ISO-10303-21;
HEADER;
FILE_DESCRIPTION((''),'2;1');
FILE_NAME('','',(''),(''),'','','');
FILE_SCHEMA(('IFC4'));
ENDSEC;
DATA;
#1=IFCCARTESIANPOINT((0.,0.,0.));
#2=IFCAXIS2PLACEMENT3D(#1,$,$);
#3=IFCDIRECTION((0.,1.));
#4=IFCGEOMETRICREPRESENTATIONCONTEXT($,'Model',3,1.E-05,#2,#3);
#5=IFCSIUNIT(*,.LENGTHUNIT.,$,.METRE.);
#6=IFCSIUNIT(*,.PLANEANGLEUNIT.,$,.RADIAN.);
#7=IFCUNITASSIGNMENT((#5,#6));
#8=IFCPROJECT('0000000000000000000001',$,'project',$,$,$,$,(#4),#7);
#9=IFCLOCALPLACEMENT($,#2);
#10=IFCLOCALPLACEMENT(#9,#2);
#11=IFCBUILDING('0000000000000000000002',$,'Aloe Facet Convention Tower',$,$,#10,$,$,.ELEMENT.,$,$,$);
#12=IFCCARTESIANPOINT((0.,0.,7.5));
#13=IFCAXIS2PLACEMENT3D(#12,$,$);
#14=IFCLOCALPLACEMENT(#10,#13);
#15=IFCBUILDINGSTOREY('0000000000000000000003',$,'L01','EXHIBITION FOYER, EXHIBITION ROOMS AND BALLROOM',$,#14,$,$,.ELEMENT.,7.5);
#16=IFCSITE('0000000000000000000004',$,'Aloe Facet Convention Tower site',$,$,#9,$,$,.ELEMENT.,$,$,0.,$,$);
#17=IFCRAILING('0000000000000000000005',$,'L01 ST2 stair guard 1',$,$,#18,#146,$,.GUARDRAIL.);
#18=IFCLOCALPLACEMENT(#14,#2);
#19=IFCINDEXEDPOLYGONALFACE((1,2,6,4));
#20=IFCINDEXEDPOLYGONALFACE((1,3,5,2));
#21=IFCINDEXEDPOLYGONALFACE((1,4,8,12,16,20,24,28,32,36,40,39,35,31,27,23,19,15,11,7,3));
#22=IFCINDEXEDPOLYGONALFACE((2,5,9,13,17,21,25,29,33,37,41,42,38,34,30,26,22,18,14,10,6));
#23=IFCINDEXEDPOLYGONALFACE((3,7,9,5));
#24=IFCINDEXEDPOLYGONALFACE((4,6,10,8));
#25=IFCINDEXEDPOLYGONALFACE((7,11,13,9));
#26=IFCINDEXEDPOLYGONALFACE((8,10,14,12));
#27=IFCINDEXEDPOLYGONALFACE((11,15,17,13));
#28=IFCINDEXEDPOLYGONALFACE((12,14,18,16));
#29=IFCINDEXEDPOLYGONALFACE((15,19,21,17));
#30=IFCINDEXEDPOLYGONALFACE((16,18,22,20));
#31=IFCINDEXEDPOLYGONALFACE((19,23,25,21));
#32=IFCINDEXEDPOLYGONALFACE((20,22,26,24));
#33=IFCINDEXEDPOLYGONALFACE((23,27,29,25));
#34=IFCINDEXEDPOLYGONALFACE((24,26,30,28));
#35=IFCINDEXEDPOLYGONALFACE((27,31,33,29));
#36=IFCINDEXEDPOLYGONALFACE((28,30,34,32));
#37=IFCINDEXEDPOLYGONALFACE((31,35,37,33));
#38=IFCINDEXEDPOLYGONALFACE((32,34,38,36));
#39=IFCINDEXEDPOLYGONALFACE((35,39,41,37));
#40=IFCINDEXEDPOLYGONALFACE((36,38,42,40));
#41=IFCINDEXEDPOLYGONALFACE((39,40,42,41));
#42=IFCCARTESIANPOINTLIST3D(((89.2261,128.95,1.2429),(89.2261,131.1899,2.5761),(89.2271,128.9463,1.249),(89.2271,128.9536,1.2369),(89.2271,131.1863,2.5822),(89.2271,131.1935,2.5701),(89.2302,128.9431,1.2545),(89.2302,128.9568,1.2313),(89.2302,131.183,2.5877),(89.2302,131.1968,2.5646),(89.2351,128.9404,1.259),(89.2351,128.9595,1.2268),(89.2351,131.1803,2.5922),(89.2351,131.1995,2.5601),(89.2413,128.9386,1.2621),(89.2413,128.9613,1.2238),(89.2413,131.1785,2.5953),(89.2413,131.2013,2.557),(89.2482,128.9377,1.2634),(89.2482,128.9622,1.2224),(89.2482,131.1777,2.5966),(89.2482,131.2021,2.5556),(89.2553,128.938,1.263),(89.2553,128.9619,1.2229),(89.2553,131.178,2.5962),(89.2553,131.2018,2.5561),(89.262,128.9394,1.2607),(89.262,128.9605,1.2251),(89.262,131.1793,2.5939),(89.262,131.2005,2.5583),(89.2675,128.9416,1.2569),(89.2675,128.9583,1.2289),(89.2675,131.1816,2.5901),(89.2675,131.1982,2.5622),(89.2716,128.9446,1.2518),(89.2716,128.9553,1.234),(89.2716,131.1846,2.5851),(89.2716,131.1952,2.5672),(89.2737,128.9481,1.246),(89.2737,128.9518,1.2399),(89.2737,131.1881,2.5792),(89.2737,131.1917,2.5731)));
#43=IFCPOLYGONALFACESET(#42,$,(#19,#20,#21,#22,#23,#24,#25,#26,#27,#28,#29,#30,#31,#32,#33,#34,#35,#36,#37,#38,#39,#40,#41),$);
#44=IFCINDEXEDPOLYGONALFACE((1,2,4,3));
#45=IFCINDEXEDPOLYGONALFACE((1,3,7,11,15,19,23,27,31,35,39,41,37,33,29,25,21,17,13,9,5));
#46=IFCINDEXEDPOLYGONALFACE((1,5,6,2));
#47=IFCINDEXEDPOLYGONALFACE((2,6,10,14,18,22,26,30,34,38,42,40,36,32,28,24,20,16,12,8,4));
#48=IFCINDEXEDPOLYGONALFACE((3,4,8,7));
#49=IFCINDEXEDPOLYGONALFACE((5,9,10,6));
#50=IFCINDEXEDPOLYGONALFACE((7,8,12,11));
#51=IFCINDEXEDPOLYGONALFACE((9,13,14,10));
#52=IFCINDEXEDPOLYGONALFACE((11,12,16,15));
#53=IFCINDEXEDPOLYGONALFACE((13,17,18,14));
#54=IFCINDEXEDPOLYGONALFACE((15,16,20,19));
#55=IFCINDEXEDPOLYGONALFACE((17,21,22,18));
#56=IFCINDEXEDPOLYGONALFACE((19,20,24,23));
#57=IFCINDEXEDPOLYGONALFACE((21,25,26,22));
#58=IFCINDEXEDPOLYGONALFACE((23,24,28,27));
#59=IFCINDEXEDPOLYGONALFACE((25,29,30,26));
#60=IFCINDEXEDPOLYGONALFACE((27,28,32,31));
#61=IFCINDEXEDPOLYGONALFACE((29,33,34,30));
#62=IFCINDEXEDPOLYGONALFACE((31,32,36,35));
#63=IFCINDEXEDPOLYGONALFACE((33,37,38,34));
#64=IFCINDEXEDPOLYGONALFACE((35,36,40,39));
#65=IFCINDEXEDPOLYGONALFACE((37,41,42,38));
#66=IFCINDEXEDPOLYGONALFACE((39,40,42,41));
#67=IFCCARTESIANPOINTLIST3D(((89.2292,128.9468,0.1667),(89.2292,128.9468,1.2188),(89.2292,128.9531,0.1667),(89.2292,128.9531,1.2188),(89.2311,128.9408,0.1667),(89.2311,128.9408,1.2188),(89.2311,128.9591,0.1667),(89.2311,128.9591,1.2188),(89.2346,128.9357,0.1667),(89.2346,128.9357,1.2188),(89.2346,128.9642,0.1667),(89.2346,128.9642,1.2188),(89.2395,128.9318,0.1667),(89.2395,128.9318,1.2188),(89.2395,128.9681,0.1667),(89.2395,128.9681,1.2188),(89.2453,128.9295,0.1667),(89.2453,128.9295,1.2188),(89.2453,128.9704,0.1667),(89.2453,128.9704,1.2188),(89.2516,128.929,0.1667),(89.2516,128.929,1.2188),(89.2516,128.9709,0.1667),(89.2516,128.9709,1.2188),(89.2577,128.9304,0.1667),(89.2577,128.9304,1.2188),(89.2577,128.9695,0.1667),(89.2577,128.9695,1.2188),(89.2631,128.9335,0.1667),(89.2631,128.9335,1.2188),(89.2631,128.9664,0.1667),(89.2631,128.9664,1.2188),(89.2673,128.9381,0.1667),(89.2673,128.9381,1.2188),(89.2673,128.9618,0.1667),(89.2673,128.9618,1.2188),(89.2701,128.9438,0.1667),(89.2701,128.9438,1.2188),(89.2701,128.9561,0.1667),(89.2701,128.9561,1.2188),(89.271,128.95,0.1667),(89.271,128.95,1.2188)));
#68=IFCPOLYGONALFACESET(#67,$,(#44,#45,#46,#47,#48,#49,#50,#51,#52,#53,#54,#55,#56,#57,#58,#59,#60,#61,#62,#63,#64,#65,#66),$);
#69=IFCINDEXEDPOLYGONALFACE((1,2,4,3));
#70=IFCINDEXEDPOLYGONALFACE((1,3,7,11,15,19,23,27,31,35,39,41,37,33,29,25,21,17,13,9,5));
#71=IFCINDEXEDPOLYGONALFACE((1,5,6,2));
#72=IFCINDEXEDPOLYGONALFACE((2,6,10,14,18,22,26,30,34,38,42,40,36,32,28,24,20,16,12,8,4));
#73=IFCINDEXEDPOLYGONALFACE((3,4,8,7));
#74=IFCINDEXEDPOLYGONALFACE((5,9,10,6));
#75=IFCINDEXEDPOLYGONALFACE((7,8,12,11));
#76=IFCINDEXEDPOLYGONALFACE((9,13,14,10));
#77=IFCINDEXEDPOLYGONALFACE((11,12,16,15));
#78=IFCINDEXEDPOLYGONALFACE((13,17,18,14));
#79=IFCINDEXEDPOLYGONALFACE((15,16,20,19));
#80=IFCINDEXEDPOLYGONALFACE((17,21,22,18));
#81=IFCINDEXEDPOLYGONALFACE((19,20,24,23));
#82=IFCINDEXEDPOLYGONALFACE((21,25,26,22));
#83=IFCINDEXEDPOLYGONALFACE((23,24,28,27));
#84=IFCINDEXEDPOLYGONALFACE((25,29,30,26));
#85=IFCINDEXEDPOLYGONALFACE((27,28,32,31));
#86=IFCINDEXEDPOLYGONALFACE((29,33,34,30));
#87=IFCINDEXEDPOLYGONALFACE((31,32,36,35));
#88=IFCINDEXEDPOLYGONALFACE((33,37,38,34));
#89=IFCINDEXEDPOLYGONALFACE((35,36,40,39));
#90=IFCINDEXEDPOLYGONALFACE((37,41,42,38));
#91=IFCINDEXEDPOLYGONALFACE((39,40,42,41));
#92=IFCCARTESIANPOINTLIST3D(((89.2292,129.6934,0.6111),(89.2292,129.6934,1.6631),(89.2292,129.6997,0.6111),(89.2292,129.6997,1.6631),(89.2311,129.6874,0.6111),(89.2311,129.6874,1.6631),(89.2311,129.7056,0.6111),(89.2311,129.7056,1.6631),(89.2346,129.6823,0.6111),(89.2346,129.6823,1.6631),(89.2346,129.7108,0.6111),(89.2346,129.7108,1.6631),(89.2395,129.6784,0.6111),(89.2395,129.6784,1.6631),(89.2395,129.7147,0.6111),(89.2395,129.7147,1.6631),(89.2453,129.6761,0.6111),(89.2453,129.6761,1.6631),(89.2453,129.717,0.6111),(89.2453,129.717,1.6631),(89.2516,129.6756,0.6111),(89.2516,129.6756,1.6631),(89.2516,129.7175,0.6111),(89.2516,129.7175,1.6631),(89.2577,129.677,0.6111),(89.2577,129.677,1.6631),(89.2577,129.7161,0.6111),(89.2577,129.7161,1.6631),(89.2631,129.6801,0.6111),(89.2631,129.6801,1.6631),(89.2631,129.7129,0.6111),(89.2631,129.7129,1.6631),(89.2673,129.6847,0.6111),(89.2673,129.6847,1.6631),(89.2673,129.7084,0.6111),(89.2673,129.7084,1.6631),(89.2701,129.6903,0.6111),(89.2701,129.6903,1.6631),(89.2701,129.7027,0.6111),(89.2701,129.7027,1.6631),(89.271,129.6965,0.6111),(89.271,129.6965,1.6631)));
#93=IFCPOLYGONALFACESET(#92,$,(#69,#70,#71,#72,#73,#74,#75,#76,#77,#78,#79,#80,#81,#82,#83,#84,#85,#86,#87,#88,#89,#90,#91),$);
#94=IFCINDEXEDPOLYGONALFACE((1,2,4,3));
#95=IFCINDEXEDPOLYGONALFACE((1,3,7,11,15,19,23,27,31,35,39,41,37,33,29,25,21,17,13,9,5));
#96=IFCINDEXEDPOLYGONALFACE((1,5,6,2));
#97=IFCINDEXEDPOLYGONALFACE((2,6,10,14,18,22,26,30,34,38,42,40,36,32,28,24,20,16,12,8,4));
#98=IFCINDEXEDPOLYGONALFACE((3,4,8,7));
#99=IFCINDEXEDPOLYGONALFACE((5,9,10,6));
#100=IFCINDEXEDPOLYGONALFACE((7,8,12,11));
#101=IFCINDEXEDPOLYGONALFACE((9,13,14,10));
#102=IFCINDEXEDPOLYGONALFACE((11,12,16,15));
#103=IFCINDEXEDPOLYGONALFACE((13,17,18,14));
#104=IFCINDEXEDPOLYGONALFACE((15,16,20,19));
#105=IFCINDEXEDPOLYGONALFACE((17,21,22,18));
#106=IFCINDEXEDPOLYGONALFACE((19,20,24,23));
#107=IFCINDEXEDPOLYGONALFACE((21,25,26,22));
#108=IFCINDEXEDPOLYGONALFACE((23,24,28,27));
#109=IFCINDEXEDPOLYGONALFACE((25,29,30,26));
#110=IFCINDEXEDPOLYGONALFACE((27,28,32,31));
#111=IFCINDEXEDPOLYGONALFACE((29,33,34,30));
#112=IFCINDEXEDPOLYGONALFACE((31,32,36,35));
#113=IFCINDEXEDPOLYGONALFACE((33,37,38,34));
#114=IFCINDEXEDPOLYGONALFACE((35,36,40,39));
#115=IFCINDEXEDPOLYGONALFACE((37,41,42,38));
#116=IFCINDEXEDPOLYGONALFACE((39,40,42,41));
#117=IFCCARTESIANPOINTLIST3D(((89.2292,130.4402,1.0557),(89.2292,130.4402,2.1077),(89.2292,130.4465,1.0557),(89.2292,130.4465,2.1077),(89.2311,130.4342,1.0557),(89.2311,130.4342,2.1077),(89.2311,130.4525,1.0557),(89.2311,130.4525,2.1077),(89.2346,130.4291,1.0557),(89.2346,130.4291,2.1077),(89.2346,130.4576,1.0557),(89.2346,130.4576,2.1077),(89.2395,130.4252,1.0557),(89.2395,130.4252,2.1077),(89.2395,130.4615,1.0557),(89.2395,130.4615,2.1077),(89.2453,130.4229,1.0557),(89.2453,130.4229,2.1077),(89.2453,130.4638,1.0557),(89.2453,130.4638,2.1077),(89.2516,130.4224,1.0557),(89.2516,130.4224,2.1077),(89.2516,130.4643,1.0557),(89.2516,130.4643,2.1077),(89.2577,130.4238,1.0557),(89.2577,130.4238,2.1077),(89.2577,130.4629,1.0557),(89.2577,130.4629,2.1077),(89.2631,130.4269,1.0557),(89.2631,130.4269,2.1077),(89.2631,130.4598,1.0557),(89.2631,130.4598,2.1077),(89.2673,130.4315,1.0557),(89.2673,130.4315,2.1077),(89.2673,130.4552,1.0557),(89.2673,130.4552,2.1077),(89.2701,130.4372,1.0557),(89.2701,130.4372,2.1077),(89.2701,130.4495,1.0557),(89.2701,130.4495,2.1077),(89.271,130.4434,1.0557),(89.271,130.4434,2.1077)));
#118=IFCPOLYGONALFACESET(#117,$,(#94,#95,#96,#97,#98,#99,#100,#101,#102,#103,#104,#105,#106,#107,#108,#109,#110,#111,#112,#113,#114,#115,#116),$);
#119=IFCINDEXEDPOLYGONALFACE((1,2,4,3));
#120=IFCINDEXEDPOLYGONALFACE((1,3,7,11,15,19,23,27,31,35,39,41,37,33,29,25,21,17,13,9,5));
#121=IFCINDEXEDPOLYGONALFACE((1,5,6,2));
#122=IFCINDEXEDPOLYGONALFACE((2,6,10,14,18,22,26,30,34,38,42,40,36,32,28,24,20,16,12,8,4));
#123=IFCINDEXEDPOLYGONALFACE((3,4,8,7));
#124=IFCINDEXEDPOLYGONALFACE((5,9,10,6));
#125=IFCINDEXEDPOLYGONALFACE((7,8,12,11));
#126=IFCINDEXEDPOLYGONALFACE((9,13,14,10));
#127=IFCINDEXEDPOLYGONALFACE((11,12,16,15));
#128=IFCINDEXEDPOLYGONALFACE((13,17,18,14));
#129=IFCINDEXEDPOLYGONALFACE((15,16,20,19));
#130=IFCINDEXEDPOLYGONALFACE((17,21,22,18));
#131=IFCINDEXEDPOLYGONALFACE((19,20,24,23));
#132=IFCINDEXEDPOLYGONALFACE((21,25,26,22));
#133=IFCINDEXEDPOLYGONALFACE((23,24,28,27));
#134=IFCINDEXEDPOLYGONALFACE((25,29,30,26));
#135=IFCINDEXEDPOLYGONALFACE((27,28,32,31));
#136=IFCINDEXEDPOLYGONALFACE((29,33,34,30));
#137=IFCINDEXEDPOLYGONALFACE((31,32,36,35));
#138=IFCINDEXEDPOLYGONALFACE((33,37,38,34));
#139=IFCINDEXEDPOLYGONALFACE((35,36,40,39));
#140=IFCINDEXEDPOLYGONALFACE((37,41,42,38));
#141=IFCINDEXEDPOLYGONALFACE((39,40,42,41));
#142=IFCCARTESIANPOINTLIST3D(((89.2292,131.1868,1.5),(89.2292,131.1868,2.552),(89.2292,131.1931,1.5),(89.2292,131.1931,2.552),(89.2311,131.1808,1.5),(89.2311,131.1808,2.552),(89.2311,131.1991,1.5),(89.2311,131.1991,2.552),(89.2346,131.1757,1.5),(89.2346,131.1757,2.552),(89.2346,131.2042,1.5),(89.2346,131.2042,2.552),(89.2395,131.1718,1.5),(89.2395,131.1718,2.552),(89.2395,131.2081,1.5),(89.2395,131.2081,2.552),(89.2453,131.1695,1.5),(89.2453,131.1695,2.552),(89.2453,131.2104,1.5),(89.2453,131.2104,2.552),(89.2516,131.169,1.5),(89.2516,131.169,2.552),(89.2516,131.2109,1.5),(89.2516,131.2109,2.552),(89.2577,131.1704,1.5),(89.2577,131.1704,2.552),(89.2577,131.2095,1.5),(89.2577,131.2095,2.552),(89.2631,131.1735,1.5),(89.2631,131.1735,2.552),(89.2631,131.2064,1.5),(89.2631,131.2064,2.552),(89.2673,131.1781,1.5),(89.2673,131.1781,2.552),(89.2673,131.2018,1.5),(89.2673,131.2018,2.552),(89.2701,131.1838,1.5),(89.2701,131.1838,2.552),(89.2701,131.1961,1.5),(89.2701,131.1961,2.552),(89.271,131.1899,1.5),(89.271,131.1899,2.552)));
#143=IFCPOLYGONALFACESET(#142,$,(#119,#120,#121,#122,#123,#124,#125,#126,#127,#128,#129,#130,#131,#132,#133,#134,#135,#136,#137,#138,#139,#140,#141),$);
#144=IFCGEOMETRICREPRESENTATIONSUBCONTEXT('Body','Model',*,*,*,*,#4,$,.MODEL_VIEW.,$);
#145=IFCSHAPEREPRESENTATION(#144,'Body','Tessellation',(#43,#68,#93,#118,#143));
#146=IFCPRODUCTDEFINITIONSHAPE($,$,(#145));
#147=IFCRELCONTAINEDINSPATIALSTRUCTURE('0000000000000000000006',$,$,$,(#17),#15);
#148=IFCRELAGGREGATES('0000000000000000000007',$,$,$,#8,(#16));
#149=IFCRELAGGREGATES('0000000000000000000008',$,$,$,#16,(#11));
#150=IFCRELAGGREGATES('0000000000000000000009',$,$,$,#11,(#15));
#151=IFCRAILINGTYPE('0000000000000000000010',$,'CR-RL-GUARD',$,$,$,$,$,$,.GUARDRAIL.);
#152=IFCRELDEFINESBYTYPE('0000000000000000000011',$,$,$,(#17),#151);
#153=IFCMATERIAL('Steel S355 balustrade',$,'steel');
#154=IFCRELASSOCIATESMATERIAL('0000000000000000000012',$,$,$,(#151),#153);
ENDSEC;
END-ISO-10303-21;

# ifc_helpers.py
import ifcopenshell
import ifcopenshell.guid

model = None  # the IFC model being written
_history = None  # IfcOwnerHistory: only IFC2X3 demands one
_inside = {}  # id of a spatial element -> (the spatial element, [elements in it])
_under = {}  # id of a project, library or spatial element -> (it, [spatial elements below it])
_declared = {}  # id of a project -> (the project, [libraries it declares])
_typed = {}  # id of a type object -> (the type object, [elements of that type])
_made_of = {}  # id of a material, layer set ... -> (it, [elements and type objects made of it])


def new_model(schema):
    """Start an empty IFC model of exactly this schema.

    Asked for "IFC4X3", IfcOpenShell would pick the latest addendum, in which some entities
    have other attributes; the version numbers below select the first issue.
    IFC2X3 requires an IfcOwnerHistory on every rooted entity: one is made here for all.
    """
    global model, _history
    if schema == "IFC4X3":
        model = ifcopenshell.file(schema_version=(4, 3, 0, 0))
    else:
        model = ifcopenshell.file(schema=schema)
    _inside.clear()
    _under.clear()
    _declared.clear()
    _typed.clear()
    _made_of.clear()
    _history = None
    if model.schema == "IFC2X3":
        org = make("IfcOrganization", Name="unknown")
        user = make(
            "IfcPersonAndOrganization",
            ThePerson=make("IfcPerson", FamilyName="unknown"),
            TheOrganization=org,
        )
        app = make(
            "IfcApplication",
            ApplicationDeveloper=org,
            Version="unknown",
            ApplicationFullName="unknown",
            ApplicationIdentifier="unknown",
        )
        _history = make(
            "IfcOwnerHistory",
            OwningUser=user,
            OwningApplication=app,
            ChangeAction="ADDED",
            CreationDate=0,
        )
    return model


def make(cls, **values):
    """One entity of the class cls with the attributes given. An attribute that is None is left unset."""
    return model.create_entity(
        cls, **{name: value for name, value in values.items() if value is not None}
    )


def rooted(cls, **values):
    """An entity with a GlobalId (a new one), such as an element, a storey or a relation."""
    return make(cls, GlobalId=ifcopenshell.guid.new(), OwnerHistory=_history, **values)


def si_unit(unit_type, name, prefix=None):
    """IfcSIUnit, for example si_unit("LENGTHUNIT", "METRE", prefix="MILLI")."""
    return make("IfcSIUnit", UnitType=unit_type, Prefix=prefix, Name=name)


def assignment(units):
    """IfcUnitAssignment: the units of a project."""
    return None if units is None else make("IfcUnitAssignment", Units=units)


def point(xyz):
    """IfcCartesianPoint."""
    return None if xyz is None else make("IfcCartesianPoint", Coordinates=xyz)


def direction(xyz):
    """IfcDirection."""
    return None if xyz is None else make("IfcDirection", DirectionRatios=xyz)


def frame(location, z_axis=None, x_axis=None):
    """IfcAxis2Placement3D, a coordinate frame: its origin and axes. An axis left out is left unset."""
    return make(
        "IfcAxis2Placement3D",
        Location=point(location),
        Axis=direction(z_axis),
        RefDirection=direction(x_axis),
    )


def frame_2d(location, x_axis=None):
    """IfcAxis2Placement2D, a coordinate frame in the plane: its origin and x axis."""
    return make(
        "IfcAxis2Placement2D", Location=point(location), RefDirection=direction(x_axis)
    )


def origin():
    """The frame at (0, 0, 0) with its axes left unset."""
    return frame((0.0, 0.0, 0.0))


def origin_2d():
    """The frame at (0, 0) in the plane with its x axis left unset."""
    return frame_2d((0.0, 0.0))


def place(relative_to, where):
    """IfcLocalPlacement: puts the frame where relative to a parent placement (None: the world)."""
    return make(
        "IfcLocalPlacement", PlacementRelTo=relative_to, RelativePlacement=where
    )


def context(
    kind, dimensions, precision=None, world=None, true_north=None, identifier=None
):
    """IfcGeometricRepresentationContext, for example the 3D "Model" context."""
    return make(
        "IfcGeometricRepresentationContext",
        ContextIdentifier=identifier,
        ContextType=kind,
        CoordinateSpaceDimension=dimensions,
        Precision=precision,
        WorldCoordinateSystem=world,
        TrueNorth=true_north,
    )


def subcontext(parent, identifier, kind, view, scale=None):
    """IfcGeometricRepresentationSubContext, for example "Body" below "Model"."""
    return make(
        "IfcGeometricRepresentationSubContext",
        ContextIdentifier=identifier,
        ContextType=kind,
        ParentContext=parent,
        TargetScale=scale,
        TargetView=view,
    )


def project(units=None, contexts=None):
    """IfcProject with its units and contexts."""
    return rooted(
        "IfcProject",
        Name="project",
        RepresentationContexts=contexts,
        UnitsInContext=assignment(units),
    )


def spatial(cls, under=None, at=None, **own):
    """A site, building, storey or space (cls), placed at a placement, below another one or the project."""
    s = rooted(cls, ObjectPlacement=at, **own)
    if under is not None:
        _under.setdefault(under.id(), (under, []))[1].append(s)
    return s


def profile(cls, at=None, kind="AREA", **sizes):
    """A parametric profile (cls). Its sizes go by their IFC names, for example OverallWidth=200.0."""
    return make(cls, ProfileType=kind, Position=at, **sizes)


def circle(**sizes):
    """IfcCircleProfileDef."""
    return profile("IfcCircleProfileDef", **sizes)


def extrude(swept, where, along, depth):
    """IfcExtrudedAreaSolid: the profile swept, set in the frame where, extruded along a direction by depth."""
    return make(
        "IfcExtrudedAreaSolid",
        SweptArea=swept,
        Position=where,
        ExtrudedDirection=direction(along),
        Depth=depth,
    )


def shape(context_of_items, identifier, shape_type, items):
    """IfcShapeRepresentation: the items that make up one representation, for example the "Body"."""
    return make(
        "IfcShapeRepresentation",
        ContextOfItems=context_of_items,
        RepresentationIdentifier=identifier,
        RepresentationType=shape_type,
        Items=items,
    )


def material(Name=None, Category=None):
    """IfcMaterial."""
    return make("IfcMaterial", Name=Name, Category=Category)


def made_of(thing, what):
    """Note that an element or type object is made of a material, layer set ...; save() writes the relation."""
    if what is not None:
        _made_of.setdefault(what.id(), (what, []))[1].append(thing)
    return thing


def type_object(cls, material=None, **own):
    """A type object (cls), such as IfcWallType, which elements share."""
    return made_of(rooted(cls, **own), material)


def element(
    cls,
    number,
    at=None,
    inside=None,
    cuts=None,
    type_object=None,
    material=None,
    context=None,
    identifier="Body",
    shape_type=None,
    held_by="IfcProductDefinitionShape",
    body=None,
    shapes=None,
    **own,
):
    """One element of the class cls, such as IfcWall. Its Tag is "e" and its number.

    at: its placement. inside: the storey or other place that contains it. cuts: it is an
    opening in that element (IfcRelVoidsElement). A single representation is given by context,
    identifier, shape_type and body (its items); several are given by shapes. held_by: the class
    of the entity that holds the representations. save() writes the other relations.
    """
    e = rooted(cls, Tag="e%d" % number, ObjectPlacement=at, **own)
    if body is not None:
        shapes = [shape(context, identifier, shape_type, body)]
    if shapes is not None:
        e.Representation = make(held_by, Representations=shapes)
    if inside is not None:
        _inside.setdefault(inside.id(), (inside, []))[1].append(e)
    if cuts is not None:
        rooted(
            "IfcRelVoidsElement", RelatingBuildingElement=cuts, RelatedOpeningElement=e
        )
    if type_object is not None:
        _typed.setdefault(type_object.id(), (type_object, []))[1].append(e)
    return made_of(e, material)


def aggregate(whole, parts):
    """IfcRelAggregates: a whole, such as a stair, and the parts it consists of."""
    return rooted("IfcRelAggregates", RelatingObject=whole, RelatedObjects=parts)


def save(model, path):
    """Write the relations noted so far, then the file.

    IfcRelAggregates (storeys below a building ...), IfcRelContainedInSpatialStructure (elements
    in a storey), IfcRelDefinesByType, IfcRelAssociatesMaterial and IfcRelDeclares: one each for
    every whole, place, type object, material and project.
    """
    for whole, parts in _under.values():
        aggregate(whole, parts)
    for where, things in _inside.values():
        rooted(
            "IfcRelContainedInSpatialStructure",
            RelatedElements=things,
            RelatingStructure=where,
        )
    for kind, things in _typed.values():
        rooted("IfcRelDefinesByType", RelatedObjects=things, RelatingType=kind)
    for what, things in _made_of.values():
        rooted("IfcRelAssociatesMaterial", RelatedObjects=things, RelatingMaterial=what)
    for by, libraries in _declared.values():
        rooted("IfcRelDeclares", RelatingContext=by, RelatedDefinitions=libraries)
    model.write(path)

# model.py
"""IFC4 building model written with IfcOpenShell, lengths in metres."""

from ifc_helpers import new_model, si_unit, direction, frame, origin, origin_2d, place, context, subcontext, project, spatial, circle, extrude, material, type_object, element, save


model = new_model("IFC4")

# Units and contexts
model_context = context("Model", 3, precision=1e-05, world=origin(), true_north=direction((0.0, 1.0)))
body_context = subcontext(model_context, "Body", "Model", "MODEL_VIEW")
ifc_project = project(units=[si_unit("LENGTHUNIT", "METRE"), si_unit("PLANEANGLEUNIT", "RADIAN")], contexts=[model_context])

# Site, building, storey
site_placement = place(None, origin())
site = spatial("IfcSite", under=ifc_project, at=site_placement, Name="Aloe Facet Convention Tower site", CompositionType="ELEMENT", RefElevation=0.0)
building_placement = place(site_placement, origin())
building = spatial("IfcBuilding", under=site, at=building_placement, Name="Aloe Facet Convention Tower", CompositionType="ELEMENT")
storey_placement = place(building_placement, frame((0.0, 0.0, 7.5)))
storey = spatial("IfcBuildingStorey", under=building, at=storey_placement, Name="L01", Description="EXHIBITION FOYER, EXHIBITION ROOMS AND BALLROOM", CompositionType="ELEMENT", Elevation=7.5)

# Railing
ifc_material_1 = material(Name="Steel S355 balustrade", Category="steel")
railing_type_1 = type_object("IfcRailingType", Name="CR-RL-GUARD", PredefinedType="GUARDRAIL", material=ifc_material_1)
railing_1_placement = place(storey_placement, frame((89.25, 128.95, 0.1667)))
element("IfcRailing", 1, at=railing_1_placement, inside=storey, type_object=railing_type_1, Name="L01 ST2 stair guard 1", PredefinedType="GUARDRAIL", context=body_context, shape_type="SweptSolid", body=[
    extrude(circle(Radius=0.0239, at=origin_2d()), frame((0.0, 0.0, 1.0762), z_axis=(0.0, 0.859306, 0.511462), x_axis=(-1.0, 0.0, 0.0)), (0.0, 0.0, 1.0), 2.6067),
    extrude(circle(Radius=0.021, at=origin_2d()), origin(), (0.0, 0.0, 1.0), 1.052),
    extrude(circle(Radius=0.021, at=origin_2d()), frame((0.0, 0.7466, 0.4443)), (0.0, 0.0, 1.0), 1.052),
    extrude(circle(Radius=0.021, at=origin_2d()), frame((0.0, 1.4934, 0.8889)), (0.0, 0.0, 1.0), 1.052),
    extrude(circle(Radius=0.021, at=origin_2d()), frame((0.0, 2.24, 1.3333)), (0.0, 0.0, 1.0), 1.052),
])

save(model, "model.ifc")
